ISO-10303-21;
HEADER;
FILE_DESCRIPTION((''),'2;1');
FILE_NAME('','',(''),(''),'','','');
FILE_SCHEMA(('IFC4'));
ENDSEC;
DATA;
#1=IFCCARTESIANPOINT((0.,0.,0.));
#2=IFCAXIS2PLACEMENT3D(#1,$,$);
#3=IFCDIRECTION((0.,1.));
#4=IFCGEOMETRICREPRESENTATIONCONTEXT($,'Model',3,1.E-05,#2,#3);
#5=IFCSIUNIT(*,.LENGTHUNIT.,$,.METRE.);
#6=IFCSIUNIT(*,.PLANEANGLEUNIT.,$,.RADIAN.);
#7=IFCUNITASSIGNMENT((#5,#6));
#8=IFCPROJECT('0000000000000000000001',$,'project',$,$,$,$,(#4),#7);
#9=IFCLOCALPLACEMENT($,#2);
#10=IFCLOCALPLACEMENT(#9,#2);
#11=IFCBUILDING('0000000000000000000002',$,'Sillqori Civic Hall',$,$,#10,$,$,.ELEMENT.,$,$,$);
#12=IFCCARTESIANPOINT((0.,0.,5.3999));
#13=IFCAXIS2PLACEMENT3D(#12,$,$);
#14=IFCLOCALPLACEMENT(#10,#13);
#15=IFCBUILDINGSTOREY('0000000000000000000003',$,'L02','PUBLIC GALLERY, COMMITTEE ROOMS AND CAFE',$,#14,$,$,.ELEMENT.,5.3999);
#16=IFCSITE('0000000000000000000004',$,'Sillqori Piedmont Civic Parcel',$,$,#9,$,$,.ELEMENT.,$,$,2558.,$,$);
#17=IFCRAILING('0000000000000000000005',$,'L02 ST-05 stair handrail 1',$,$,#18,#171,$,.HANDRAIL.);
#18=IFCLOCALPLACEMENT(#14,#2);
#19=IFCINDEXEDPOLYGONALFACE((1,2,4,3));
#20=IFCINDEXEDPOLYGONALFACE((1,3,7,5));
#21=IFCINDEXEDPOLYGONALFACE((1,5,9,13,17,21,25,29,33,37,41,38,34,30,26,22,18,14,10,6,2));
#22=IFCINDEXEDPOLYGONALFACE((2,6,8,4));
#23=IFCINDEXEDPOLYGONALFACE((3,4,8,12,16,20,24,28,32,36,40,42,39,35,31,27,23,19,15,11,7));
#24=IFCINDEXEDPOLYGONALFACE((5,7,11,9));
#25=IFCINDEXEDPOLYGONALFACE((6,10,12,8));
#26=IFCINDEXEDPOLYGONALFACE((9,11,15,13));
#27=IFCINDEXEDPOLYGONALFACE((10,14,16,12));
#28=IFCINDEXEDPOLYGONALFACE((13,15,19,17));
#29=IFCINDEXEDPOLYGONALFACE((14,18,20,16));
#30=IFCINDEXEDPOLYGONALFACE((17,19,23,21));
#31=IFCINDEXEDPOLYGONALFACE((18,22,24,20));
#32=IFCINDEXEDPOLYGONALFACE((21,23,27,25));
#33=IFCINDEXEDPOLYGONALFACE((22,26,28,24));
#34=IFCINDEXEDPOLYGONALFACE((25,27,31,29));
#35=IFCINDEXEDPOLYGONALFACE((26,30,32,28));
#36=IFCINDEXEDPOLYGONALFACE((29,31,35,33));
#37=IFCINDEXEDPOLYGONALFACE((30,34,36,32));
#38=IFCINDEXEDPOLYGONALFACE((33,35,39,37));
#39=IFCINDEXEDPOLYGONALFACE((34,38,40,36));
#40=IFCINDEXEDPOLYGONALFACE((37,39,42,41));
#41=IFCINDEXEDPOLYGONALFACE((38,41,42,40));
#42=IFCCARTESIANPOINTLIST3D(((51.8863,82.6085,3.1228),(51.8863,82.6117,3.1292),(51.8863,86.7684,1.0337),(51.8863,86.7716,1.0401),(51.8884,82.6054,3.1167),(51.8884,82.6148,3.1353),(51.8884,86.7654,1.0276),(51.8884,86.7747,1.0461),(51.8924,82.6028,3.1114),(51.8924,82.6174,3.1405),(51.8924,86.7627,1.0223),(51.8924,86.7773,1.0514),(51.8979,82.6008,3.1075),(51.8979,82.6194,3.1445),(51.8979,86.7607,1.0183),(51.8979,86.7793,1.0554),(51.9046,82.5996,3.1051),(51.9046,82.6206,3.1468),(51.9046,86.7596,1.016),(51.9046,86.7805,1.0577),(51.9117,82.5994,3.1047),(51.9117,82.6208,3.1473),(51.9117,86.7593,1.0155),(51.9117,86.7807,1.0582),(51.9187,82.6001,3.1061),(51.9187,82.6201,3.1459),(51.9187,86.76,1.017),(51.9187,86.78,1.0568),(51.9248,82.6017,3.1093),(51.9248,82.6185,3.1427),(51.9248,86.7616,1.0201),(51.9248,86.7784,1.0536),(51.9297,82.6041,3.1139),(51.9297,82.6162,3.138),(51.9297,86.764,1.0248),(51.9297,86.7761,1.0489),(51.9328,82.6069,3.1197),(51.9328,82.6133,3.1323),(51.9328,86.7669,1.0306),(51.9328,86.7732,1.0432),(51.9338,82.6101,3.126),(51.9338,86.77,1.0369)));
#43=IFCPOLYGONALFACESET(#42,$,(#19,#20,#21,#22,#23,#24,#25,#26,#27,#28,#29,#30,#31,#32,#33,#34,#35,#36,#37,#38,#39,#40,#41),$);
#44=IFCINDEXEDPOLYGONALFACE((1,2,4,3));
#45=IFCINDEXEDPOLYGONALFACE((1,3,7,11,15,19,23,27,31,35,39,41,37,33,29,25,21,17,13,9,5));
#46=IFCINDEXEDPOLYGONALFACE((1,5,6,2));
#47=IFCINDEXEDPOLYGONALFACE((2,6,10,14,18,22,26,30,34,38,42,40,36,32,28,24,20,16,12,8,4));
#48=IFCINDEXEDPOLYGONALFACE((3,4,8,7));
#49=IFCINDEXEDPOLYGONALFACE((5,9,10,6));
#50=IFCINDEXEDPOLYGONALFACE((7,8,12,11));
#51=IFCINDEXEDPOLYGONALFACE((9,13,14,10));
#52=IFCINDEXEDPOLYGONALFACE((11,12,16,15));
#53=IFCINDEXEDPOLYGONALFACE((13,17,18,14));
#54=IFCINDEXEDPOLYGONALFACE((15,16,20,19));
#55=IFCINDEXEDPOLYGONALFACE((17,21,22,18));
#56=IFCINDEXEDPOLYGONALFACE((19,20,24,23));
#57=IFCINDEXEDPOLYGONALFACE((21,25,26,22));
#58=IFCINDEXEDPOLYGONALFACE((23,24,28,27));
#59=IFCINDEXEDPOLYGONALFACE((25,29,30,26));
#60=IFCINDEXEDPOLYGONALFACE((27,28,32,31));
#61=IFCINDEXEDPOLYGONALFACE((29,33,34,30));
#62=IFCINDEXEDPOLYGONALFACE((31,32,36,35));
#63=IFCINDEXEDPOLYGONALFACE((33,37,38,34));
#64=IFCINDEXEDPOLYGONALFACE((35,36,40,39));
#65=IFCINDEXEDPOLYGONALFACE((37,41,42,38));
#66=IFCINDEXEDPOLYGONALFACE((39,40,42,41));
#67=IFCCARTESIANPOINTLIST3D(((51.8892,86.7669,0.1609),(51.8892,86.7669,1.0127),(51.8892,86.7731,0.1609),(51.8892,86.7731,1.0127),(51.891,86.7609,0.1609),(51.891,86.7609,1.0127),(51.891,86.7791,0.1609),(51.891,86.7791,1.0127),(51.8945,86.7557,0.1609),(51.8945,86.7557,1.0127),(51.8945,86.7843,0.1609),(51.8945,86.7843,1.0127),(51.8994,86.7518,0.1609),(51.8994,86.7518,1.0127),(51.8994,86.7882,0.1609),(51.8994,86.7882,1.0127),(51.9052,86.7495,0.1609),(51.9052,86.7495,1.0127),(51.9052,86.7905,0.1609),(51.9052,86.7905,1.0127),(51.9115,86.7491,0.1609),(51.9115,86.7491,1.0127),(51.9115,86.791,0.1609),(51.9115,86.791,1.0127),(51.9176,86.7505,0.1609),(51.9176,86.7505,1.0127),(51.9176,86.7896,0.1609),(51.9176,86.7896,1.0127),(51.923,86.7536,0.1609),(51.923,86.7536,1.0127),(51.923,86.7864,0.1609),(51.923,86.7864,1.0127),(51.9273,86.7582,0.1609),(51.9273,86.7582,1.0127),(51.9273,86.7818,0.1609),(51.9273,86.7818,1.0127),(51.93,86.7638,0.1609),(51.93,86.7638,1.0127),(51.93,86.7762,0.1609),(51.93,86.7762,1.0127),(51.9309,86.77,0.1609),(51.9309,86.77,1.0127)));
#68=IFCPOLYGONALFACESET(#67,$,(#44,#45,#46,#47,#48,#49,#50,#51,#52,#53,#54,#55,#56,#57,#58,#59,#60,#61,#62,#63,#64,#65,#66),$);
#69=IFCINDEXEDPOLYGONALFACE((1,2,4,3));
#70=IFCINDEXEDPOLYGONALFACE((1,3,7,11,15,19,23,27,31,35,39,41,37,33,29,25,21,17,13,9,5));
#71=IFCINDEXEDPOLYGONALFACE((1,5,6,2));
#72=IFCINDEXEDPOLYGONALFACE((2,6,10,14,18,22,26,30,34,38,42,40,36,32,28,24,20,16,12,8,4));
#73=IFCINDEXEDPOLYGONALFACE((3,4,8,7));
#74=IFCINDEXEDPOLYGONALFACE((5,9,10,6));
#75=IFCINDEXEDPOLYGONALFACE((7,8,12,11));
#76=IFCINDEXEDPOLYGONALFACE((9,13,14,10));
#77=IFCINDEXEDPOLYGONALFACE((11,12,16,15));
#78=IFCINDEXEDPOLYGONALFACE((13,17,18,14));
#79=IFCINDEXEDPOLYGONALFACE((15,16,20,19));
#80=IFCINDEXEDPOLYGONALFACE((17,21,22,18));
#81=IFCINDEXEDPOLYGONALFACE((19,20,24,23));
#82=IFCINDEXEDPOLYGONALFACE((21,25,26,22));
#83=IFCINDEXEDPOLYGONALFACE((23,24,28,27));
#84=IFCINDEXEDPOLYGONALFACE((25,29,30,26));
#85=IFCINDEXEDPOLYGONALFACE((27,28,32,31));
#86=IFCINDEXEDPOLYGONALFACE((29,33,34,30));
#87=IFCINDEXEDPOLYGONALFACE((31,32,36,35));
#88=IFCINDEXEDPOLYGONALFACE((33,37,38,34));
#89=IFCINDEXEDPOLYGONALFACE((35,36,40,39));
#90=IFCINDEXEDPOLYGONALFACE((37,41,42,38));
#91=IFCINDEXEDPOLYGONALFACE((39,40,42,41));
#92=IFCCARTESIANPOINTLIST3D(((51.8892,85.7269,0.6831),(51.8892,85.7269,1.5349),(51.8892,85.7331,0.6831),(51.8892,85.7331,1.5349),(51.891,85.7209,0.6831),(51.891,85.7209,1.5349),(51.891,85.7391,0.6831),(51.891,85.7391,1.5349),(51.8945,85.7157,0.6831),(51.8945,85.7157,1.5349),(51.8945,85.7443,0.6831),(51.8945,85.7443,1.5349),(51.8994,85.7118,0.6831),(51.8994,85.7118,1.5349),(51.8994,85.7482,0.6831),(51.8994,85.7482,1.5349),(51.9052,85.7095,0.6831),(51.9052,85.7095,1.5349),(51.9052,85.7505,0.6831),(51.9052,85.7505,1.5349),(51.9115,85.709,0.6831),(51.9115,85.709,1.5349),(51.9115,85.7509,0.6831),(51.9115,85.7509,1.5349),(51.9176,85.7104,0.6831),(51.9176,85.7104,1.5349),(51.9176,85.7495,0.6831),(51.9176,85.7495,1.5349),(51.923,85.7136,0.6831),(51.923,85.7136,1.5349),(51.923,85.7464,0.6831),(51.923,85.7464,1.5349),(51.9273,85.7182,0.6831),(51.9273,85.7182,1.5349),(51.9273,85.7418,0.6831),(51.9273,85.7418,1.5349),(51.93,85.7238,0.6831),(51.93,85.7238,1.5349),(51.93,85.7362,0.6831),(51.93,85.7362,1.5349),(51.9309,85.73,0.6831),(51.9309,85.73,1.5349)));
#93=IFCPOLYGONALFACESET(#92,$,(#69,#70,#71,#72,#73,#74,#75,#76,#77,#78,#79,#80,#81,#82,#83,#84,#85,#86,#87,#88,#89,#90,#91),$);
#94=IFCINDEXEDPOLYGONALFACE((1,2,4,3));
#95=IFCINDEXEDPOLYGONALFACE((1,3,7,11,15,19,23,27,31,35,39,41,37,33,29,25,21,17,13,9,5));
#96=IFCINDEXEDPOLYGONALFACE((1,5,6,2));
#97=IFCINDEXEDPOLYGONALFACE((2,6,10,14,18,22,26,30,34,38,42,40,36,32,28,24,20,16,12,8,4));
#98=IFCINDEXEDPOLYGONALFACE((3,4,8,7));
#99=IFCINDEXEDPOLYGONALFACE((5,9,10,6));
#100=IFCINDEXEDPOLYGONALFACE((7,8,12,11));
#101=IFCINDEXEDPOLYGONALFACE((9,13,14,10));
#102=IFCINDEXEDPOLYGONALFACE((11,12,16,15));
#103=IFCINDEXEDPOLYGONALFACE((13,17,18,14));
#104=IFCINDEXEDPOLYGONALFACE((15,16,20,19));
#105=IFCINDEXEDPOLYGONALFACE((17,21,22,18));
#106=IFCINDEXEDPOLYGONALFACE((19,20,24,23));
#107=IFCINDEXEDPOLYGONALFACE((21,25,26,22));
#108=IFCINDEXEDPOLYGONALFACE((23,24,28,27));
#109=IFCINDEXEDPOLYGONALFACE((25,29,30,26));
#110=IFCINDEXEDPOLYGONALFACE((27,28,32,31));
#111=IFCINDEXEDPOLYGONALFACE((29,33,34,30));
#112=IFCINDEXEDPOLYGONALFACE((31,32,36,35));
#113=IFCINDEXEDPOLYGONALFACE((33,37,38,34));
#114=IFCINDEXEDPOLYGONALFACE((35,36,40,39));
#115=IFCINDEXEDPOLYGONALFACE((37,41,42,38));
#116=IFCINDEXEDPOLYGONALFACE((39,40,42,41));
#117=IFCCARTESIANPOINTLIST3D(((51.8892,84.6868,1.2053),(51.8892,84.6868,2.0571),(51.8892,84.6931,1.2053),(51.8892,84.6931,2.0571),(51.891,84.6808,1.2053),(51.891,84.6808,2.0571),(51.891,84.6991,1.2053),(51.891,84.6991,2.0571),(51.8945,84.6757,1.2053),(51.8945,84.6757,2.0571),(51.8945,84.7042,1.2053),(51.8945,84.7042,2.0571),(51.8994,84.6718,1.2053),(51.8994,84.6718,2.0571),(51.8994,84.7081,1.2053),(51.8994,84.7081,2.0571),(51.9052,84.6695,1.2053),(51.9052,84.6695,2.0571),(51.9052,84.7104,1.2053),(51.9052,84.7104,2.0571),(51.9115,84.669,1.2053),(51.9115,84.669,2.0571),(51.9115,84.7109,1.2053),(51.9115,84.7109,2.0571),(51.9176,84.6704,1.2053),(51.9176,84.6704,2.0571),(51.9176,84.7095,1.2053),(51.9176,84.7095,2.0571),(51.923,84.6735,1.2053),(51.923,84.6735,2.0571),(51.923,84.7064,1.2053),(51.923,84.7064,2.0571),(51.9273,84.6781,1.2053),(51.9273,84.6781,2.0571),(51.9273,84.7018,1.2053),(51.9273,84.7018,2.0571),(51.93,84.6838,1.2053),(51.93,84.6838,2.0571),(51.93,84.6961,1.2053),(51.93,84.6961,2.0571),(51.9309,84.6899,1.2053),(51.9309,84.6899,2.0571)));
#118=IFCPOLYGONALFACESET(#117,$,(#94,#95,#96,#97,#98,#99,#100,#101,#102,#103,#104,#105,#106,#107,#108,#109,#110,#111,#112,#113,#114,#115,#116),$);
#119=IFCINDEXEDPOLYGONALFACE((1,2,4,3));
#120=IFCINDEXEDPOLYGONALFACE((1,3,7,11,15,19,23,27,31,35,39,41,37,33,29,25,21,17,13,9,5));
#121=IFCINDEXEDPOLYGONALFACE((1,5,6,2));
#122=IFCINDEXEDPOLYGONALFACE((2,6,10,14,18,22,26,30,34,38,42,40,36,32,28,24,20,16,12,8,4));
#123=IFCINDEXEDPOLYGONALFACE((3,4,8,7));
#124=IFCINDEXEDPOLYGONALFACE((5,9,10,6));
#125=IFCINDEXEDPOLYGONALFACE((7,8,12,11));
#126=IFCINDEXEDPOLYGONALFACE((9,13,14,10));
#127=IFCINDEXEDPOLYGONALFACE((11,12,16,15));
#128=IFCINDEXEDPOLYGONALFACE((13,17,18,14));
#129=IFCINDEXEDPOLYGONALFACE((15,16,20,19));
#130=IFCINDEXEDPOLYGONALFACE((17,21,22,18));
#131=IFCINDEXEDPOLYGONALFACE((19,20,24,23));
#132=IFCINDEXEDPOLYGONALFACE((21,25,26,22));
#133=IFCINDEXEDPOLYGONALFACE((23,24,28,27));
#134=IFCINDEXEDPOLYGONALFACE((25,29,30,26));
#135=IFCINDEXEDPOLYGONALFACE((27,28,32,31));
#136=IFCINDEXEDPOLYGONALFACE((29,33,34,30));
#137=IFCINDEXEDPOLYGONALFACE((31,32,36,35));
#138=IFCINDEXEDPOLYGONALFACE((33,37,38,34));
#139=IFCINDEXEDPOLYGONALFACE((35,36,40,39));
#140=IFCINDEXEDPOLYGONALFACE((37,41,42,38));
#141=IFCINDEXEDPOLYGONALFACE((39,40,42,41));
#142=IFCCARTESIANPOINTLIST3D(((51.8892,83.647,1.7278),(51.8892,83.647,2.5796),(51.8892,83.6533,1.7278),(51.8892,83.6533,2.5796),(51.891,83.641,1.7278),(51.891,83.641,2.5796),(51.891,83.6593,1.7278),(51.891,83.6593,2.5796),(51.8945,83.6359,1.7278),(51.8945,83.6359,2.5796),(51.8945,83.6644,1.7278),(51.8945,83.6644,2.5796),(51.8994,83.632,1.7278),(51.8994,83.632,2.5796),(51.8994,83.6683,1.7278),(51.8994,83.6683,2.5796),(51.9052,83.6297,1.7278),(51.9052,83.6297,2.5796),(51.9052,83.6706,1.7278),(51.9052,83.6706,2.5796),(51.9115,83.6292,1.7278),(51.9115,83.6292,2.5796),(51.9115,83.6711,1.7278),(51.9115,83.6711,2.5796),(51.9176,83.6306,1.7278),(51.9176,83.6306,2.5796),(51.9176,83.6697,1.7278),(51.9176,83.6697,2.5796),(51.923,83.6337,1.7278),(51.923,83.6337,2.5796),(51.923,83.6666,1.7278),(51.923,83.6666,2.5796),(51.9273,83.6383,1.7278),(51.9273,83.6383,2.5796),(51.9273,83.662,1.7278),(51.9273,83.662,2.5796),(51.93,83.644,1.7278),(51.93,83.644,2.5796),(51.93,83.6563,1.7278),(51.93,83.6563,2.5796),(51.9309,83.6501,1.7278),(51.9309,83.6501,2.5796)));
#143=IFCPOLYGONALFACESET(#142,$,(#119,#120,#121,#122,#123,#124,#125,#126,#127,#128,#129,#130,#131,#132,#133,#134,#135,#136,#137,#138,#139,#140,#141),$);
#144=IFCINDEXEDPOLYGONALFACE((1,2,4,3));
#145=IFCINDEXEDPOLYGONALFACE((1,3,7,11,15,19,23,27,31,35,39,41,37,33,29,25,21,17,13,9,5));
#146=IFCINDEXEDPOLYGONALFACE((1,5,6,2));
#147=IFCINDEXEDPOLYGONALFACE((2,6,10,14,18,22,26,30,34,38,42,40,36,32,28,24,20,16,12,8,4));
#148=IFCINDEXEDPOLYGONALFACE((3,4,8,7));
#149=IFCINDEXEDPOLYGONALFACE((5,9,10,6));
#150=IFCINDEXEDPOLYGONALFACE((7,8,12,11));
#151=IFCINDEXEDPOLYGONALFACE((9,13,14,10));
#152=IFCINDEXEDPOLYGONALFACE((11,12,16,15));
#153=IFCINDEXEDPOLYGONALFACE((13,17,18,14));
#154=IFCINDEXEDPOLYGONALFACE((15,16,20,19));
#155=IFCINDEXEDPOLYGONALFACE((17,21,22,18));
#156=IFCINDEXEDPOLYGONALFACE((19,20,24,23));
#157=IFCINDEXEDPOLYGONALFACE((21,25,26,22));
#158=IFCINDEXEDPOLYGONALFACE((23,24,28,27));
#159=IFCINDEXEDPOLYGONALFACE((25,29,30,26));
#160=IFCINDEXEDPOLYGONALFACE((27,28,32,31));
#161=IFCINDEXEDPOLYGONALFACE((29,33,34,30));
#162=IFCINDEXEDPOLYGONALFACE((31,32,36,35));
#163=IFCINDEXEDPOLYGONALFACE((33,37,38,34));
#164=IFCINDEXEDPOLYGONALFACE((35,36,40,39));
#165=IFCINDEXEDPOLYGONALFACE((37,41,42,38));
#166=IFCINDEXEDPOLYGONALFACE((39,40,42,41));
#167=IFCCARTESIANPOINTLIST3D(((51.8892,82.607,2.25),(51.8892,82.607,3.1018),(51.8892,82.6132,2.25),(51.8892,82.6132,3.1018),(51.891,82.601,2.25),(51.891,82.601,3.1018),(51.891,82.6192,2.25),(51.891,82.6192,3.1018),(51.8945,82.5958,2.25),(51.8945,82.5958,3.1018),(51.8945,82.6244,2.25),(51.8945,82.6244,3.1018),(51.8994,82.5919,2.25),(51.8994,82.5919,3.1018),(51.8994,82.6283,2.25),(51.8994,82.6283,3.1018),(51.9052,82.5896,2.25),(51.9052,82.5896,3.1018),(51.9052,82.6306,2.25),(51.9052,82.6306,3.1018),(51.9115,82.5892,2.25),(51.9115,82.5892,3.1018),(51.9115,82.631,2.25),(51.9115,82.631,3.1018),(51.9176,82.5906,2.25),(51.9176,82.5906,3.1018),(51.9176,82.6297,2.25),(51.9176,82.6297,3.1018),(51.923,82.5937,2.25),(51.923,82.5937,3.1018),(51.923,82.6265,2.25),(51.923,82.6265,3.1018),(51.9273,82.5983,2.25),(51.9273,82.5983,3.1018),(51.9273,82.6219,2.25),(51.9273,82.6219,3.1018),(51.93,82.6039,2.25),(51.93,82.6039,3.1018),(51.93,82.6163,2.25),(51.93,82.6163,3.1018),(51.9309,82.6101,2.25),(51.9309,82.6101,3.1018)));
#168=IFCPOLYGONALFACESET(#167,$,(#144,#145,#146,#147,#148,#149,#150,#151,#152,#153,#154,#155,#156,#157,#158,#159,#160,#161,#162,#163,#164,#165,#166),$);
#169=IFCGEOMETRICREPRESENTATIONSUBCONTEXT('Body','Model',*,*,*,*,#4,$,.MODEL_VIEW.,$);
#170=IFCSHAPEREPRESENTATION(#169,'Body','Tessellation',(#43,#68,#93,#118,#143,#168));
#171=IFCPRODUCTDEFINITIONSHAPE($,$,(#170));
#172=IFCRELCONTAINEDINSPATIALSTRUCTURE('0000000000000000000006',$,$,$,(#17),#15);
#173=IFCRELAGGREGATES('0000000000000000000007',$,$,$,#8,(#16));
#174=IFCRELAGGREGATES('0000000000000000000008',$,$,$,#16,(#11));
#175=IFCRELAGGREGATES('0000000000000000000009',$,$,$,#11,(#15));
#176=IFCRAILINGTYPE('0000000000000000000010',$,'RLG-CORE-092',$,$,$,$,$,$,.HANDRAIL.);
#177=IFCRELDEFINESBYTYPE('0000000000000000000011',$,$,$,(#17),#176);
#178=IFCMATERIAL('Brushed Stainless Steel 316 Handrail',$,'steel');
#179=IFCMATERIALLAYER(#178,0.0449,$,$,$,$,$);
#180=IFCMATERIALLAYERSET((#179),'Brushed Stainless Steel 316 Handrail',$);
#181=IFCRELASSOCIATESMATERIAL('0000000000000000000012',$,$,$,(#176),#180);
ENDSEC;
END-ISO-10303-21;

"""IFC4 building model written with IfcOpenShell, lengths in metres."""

from ifc_helpers import new_model, si_unit, direction, frame, origin, origin_2d, place, context, subcontext, project, spatial, circle, extrude, material, layer, layer_set, type_object, element, save


model = new_model("IFC4")

# Units and contexts
model_context = context("Model", 3, precision=1e-05, world=origin(), true_north=direction((0.0, 1.0)))
body_context = subcontext(model_context, "Body", "Model", "MODEL_VIEW")
ifc_project = project(units=[si_unit("LENGTHUNIT", "METRE"), si_unit("PLANEANGLEUNIT", "RADIAN")], contexts=[model_context])

# Site, building, storey
site_placement = place(None, origin())
site = spatial("IfcSite", under=ifc_project, at=site_placement, Name="Sillqori Piedmont Civic Parcel", CompositionType="ELEMENT", RefElevation=2558.0)
building_placement = place(site_placement, origin())
building = spatial("IfcBuilding", under=site, at=building_placement, Name="Sillqori Civic Hall", CompositionType="ELEMENT")
storey_placement = place(building_placement, frame((0.0, 0.0, 5.3999)))
storey = spatial("IfcBuildingStorey", under=building, at=storey_placement, Name="L02", Description="PUBLIC GALLERY, COMMITTEE ROOMS AND CAFE", CompositionType="ELEMENT", Elevation=5.3999)

# Railing
ifc_material_1 = material(Name="Brushed Stainless Steel 316 Handrail", Category="steel")
ifc_layer_1 = layer(ifc_material_1, 0.0449)
ifc_layer_set_1 = layer_set([ifc_layer_1], Name="Brushed Stainless Steel 316 Handrail")
railing_type_1 = type_object("IfcRailingType", Name="RLG-CORE-092", PredefinedType="HANDRAIL", material=ifc_layer_set_1)
railing_1_placement = place(storey_placement, frame((51.9099, 86.77, 0.1609)))
element("IfcRailing", 1, at=railing_1_placement, inside=storey, type_object=railing_type_1, Name="L02 ST-05 stair handrail 1", PredefinedType="HANDRAIL", context=body_context, shape_type="SweptSolid", body=[
    extrude(circle(Radius=0.0239, at=origin_2d()), frame((0.0, 0.0, 0.876), z_axis=(0.0, -0.893639, 0.448786), x_axis=(1.0, 0.0, 0.0)), (0.0, 0.0, 1.0), 4.655),
    extrude(circle(Radius=0.021, at=origin_2d()), origin(), (0.0, 0.0, 1.0), 0.8518),
    extrude(circle(Radius=0.021, at=origin_2d()), frame((0.0, -1.04, 0.5222)), (0.0, 0.0, 1.0), 0.8518),
    extrude(circle(Radius=0.021, at=origin_2d()), frame((0.0, -2.0801, 1.0444)), (0.0, 0.0, 1.0), 0.8518),
    extrude(circle(Radius=0.021, at=origin_2d()), frame((0.0, -3.1199, 1.5669)), (0.0, 0.0, 1.0), 0.8518),
    extrude(circle(Radius=0.021, at=origin_2d()), frame((0.0, -4.1599, 2.0891)), (0.0, 0.0, 1.0), 0.8518),
])

save(model, "model.ifc")
